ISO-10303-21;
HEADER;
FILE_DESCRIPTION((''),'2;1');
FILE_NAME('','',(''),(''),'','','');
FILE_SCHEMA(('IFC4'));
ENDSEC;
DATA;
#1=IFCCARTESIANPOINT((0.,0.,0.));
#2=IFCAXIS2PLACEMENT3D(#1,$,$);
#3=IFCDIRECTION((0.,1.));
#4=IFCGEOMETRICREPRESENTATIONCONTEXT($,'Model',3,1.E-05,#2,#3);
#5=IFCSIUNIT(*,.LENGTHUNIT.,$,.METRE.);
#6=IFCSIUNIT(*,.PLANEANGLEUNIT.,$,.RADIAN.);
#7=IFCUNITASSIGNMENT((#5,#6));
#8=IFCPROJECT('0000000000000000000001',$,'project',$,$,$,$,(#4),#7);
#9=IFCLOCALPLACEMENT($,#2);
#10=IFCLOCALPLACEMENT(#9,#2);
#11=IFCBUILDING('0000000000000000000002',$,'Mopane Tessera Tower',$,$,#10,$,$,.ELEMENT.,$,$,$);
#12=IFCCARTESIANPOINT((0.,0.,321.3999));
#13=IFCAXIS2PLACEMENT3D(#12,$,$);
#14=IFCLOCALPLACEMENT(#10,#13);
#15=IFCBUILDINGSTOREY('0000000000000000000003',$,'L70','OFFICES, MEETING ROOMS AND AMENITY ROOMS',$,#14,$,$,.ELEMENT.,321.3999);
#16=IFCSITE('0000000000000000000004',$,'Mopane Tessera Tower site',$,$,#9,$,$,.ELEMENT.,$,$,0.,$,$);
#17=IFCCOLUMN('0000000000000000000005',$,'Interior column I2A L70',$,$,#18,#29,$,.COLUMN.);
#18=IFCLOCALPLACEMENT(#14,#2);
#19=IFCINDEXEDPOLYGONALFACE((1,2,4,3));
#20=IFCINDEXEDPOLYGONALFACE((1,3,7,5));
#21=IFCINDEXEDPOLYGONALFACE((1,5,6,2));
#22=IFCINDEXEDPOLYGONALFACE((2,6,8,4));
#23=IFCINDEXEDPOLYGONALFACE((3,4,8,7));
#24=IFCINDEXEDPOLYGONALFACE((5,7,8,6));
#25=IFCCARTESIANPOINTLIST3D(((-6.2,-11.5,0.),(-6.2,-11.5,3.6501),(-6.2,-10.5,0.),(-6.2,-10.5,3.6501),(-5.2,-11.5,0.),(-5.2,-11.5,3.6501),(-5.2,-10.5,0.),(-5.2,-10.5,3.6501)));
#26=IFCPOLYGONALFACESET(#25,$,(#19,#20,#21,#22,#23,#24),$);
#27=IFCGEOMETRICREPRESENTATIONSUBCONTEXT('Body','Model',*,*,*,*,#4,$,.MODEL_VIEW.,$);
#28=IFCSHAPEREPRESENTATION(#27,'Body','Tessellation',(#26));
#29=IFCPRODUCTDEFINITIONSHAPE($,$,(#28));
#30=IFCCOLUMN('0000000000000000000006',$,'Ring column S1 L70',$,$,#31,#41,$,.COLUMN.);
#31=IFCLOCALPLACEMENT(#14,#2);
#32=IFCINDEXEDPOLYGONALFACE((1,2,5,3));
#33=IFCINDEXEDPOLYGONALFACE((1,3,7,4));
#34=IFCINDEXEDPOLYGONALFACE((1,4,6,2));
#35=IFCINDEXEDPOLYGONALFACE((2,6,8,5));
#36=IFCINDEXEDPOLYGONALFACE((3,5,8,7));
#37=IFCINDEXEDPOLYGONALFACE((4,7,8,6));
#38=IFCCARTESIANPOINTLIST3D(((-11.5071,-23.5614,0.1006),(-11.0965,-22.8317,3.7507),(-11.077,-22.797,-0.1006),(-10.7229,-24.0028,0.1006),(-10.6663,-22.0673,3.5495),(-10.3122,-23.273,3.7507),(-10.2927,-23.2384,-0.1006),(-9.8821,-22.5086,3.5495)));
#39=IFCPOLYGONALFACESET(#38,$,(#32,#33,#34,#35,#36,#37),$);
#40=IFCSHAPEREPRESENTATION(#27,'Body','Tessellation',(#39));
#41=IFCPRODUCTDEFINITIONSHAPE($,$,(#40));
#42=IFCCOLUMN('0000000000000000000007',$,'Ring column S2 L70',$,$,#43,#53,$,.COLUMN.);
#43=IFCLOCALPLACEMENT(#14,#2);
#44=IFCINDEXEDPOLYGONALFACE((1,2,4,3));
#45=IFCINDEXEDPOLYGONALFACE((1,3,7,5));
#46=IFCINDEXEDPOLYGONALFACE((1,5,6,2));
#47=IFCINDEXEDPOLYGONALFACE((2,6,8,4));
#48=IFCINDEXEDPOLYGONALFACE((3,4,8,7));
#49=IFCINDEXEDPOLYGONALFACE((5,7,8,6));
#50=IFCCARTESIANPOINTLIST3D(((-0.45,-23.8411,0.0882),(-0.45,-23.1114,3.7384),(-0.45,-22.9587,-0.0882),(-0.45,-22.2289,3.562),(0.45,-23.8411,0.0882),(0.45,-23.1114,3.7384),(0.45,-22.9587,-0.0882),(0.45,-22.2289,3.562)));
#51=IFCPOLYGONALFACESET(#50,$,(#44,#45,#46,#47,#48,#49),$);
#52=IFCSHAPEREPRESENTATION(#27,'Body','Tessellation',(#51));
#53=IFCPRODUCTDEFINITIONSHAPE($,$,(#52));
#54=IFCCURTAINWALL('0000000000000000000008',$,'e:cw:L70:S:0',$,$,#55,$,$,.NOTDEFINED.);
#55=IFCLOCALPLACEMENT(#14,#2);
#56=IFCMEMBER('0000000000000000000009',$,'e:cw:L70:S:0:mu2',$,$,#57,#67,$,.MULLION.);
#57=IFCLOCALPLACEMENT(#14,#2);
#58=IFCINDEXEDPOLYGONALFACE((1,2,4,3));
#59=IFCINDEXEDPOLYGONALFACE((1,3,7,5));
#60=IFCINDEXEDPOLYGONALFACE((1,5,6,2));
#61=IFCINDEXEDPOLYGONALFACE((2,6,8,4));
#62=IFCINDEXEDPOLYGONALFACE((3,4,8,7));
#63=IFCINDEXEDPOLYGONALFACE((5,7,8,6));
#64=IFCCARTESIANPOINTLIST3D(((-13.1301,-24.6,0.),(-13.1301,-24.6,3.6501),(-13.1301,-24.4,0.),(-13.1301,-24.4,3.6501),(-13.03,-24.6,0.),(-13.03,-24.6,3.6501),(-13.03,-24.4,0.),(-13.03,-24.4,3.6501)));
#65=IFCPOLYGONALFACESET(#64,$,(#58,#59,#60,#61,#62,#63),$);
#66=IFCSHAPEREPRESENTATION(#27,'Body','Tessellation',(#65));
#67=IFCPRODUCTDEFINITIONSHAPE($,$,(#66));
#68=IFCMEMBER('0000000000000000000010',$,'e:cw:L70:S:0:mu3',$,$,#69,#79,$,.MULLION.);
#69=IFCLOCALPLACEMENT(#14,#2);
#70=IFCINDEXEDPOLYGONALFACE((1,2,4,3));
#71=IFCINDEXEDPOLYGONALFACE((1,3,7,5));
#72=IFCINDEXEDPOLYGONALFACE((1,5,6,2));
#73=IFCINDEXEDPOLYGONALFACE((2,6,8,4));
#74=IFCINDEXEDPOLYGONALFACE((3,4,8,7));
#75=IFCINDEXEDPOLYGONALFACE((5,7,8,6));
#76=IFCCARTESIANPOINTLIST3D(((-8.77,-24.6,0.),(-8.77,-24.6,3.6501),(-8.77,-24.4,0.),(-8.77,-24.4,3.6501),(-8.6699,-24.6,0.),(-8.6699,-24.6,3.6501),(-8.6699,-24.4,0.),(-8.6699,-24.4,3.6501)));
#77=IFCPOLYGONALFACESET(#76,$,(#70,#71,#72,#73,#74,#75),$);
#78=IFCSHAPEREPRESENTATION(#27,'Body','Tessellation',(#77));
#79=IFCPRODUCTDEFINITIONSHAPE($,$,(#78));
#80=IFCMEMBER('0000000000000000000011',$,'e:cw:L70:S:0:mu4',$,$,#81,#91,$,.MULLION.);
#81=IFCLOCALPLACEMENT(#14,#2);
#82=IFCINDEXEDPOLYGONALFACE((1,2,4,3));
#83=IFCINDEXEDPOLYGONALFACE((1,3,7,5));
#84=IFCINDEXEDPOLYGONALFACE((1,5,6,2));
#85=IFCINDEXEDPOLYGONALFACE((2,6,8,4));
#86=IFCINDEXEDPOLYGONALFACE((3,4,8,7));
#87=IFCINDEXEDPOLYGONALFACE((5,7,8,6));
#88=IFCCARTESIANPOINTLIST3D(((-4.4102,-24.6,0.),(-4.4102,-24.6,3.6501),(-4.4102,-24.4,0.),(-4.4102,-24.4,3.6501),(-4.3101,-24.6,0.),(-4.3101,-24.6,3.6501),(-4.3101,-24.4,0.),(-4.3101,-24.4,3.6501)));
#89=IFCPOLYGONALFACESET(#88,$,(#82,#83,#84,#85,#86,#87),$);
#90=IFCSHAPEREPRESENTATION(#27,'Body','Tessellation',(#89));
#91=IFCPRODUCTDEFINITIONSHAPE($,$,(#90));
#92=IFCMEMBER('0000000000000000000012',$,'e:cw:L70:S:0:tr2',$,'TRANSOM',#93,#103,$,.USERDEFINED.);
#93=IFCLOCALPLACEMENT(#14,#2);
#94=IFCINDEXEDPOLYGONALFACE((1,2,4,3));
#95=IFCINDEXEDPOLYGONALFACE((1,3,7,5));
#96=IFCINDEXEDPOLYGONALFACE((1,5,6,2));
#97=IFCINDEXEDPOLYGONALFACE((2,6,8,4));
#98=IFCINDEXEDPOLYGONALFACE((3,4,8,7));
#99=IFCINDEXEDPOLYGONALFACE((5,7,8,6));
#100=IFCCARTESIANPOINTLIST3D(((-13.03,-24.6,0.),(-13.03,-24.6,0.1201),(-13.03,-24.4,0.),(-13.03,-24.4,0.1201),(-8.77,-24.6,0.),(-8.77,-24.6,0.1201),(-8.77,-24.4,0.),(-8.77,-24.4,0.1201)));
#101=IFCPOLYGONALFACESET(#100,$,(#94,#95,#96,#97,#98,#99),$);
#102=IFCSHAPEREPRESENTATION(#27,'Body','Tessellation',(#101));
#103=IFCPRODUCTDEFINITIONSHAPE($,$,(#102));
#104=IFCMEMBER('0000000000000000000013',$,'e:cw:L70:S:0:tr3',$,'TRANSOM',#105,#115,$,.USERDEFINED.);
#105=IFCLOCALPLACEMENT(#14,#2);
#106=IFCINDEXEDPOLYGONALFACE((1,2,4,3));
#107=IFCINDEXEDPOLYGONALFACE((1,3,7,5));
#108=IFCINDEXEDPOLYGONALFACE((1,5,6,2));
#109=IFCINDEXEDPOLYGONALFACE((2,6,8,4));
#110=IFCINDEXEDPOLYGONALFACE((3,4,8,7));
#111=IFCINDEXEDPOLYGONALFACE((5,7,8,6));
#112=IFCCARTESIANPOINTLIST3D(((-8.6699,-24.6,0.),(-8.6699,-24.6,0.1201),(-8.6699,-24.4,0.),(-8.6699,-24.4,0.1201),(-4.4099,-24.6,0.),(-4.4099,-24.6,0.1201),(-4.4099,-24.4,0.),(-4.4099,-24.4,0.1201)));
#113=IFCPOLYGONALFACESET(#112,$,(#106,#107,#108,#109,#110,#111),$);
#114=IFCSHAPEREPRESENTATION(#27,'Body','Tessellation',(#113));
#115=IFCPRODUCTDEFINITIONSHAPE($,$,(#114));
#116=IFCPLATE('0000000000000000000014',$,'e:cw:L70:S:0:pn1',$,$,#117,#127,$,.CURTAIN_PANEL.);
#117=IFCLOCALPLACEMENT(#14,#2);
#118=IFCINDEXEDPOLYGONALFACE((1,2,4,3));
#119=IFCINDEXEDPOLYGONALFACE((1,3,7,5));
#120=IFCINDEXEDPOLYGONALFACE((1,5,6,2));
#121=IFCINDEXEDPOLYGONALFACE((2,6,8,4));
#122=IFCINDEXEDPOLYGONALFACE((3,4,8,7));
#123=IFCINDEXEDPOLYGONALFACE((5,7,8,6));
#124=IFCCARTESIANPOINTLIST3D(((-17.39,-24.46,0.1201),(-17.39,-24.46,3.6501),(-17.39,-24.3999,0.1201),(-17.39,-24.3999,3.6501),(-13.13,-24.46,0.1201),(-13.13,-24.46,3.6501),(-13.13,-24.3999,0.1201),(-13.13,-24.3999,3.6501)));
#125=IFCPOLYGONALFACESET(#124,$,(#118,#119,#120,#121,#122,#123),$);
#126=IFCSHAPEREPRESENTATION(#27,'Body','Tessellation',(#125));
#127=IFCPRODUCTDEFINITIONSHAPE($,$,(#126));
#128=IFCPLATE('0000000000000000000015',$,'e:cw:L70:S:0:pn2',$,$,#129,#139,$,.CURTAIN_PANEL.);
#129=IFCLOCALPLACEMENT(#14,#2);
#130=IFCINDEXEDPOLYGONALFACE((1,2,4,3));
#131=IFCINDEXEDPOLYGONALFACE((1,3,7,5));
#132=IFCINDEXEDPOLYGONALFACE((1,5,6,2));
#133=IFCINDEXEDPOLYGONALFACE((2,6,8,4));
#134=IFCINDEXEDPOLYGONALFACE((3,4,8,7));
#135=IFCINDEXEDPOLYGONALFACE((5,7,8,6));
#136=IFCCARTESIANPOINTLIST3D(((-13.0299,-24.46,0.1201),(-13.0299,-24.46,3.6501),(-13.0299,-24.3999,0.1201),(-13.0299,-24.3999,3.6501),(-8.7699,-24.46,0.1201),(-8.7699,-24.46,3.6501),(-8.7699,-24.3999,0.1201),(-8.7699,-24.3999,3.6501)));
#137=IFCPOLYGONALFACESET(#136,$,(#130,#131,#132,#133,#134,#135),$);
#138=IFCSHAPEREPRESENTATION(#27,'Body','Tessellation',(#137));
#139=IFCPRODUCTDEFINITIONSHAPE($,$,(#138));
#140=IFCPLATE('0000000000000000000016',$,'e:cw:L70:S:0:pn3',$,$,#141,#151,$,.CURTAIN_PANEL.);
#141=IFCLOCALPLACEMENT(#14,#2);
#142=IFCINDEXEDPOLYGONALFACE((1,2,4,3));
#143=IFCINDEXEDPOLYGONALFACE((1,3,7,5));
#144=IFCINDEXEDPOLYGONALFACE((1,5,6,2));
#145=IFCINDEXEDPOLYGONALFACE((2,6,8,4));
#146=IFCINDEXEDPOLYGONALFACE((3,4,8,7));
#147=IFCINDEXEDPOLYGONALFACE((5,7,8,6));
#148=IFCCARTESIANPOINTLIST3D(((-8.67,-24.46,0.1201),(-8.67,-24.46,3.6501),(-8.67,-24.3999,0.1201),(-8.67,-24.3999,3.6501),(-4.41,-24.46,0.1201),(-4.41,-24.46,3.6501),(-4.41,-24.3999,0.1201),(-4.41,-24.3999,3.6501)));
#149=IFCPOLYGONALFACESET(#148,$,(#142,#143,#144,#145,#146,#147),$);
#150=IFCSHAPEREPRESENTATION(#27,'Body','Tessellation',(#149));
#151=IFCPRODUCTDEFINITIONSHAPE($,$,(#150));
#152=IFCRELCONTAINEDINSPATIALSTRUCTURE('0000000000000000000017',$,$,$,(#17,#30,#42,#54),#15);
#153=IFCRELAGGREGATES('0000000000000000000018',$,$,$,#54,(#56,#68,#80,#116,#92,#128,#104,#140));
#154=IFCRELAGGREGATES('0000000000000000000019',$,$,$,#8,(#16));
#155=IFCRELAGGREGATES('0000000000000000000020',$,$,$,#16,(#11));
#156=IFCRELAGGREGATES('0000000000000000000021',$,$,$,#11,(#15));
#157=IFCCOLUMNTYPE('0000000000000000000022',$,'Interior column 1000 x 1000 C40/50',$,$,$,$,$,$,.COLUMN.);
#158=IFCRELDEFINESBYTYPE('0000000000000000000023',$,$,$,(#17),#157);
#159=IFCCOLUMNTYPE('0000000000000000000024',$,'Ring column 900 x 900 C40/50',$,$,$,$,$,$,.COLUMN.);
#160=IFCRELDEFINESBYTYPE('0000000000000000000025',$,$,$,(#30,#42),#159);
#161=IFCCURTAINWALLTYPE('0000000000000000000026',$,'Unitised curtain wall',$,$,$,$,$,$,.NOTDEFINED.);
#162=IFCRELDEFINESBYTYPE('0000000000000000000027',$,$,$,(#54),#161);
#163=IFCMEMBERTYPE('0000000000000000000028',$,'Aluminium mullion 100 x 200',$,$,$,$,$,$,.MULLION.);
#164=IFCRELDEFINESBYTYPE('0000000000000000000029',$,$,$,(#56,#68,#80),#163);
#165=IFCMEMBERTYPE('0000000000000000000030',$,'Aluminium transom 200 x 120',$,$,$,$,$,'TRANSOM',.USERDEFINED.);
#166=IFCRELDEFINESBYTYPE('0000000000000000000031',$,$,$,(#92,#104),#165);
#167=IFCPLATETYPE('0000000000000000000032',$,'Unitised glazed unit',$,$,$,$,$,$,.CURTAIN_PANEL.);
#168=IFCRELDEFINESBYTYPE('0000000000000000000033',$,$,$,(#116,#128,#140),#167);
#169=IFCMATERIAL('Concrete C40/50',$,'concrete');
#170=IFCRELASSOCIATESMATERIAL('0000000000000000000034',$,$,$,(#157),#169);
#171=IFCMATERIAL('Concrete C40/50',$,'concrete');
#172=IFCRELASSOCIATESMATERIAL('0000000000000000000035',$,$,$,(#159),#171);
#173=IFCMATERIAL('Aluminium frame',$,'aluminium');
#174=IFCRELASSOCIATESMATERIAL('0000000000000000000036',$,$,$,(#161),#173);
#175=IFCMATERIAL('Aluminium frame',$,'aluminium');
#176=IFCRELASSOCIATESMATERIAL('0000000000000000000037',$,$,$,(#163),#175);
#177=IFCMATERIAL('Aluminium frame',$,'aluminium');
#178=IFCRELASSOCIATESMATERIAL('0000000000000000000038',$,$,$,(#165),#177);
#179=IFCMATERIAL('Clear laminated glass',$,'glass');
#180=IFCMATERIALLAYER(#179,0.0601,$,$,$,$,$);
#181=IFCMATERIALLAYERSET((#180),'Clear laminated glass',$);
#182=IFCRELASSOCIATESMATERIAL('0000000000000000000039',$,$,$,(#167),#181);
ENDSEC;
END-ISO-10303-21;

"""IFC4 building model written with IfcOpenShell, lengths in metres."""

from ifc_helpers import new_model, si_unit, direction, frame, origin, origin_2d, place, context, subcontext, project, spatial, rectangle, extrude, material, layer, layer_set, material_profile, profile_set, type_object, element, aggregate, save


model = new_model("IFC4")

# Units and contexts
model_context = context("Model", 3, precision=1e-05, world=origin(), true_north=direction((0.0, 1.0)))
body_context = subcontext(model_context, "Body", "Model", "MODEL_VIEW")
ifc_project = project(units=[si_unit("LENGTHUNIT", "METRE"), si_unit("PLANEANGLEUNIT", "RADIAN")], contexts=[model_context])

# Site, building, storey
site_placement = place(None, origin())
site = spatial("IfcSite", under=ifc_project, at=site_placement, Name="Mopane Tessera Tower site", CompositionType="ELEMENT", RefElevation=0.0)
building_placement = place(site_placement, origin())
building = spatial("IfcBuilding", under=site, at=building_placement, Name="Mopane Tessera Tower", CompositionType="ELEMENT")
storey_placement = place(building_placement, frame((0.0, 0.0, 321.3999)))
storey = spatial("IfcBuildingStorey", under=building, at=storey_placement, Name="L70", Description="OFFICES, MEETING ROOMS AND AMENITY ROOMS", CompositionType="ELEMENT", Elevation=321.3999)

# Columns
ifc_material_1 = material(Name="Concrete C40/50", Category="concrete")
ifc_material_profile_1 = material_profile(ifc_material_1, rectangle(XDim=1.0, YDim=1.0, at=origin_2d()))
ifc_profile_set_1 = profile_set([ifc_material_profile_1], Name="Concrete C40/50")
column_type_1 = type_object("IfcColumnType", Name="Interior column 1000 x 1000 C40/50", PredefinedType="COLUMN", material=ifc_profile_set_1)
column_1_placement = place(storey_placement, frame((-5.7, -11.0, 0.0), z_axis=(0.0, 0.0, 1.0), x_axis=(1.0, 0.0, 0.0)))
element("IfcColumn", 1, at=column_1_placement, inside=storey, type_object=column_type_1, Name="Interior column I2A L70", PredefinedType="COLUMN", context=body_context, shape_type="SweptSolid", body=[
    extrude(rectangle(XDim=1.0, YDim=1.0, at=origin_2d()), origin(), (0.0, 0.0, 1.0), 3.6501),
])
ifc_material_2 = material(Name="Concrete C40/50", Category="concrete")
ifc_material_profile_2 = material_profile(ifc_material_2, rectangle(XDim=0.8999, YDim=0.8999, at=origin_2d()))
ifc_profile_set_2 = profile_set([ifc_material_profile_2], Name="Concrete C40/50")
column_type_2 = type_object("IfcColumnType", Name="Ring column 900 x 900 C40/50", PredefinedType="COLUMN", material=ifc_profile_set_2)
column_2_placement = place(storey_placement, frame((-10.8999, -23.3999, 0.0), z_axis=(0.109653, 0.194858, 0.974683), x_axis=(-0.87149, 0.490414, 0.0)))
element("IfcColumn", 2, at=column_2_placement, inside=storey, type_object=column_type_2, Name="Ring column S1 L70", PredefinedType="COLUMN", context=body_context, shape_type="SweptSolid", body=[
    extrude(rectangle(XDim=0.8999, YDim=0.8999, at=origin_2d()), origin(), (0.0, 0.0, 1.0), 3.7449),
])
column_3_placement = place(storey_placement, frame((0.0, -23.3999, 0.0), z_axis=(0.0, 0.19604, 0.980596), x_axis=(-1.0, 0.0, 0.0)))
element("IfcColumn", 3, at=column_3_placement, inside=storey, type_object=column_type_2, Name="Ring column S2 L70", PredefinedType="COLUMN", context=body_context, shape_type="SweptSolid", body=[
    extrude(rectangle(XDim=0.8999, YDim=0.8999, at=origin_2d()), origin(), (0.0, 0.0, 1.0), 3.7224),
])

# Curtain wall, members, plates
ifc_material_3 = material(Name="Aluminium frame", Category="aluminium")
curtain_wall_type = type_object("IfcCurtainWallType", Name="Unitised curtain wall", PredefinedType="NOTDEFINED", material=ifc_material_3)
curtain_wall_placement = place(storey_placement, origin())
curtain_wall = element("IfcCurtainWall", 4, at=curtain_wall_placement, inside=storey, type_object=curtain_wall_type, Name="e:cw:L70:S:0", PredefinedType="NOTDEFINED")
ifc_material_4 = material(Name="Aluminium frame", Category="aluminium")
ifc_material_profile_3 = material_profile(ifc_material_4, rectangle(XDim=0.1001, YDim=0.2, at=origin_2d()))
ifc_profile_set_3 = profile_set([ifc_material_profile_3], Name="Aluminium frame")
member_type_1 = type_object("IfcMemberType", Name="Aluminium mullion 100 x 200", PredefinedType="MULLION", material=ifc_profile_set_3)
member_1_placement = place(storey_placement, frame((-13.0801, -24.5, 0.0), z_axis=(0.0, 0.0, 1.0), x_axis=(1.0, 0.0, 0.0)))
member_1 = element("IfcMember", 5, at=member_1_placement, type_object=member_type_1, Name="e:cw:L70:S:0:mu2", PredefinedType="MULLION", context=body_context, shape_type="SweptSolid", body=[
    extrude(rectangle(XDim=0.1001, YDim=0.2, at=origin_2d()), origin(), (0.0, 0.0, 1.0), 3.6501),
])
member_2_placement = place(storey_placement, frame((-8.72, -24.5, 0.0), z_axis=(0.0, 0.0, 1.0), x_axis=(1.0, 0.0, 0.0)))
member_2 = element("IfcMember", 6, at=member_2_placement, type_object=member_type_1, Name="e:cw:L70:S:0:mu3", PredefinedType="MULLION", context=body_context, shape_type="SweptSolid", body=[
    extrude(rectangle(XDim=0.1001, YDim=0.2, at=origin_2d()), origin(), (0.0, 0.0, 1.0), 3.6501),
])
member_3_placement = place(storey_placement, frame((-4.3601, -24.5, 0.0), z_axis=(0.0, 0.0, 1.0), x_axis=(1.0, 0.0, 0.0)))
member_3 = element("IfcMember", 7, at=member_3_placement, type_object=member_type_1, Name="e:cw:L70:S:0:mu4", PredefinedType="MULLION", context=body_context, shape_type="SweptSolid", body=[
    extrude(rectangle(XDim=0.1001, YDim=0.2, at=origin_2d()), origin(), (0.0, 0.0, 1.0), 3.6501),
])
ifc_material_5 = material(Name="Aluminium frame", Category="aluminium")
ifc_material_profile_4 = material_profile(ifc_material_5, rectangle(XDim=0.2, YDim=0.1201, at=origin_2d()))
ifc_profile_set_4 = profile_set([ifc_material_profile_4], Name="Aluminium frame")
member_type_2 = type_object("IfcMemberType", Name="Aluminium transom 200 x 120", ElementType="TRANSOM", PredefinedType="USERDEFINED", material=ifc_profile_set_4)
member_4_placement = place(storey_placement, frame((-13.03, -24.5, 0.0601), z_axis=(1.0, 0.0, 0.0), x_axis=(0.0, 1.0, 0.0)))
member_4 = element("IfcMember", 8, at=member_4_placement, type_object=member_type_2, Name="e:cw:L70:S:0:tr2", ObjectType="TRANSOM", PredefinedType="USERDEFINED", context=body_context, shape_type="SweptSolid", body=[
    extrude(rectangle(XDim=0.2, YDim=0.1201, at=origin_2d()), origin(), (0.0, 0.0, 1.0), 4.26),
])
member_5_placement = place(storey_placement, frame((-8.6699, -24.5, 0.0601), z_axis=(1.0, 0.0, 0.0), x_axis=(0.0, 1.0, 0.0)))
member_5 = element("IfcMember", 9, at=member_5_placement, type_object=member_type_2, Name="e:cw:L70:S:0:tr3", ObjectType="TRANSOM", PredefinedType="USERDEFINED", context=body_context, shape_type="SweptSolid", body=[
    extrude(rectangle(XDim=0.2, YDim=0.1201, at=origin_2d()), origin(), (0.0, 0.0, 1.0), 4.26),
])
ifc_material_6 = material(Name="Clear laminated glass", Category="glass")
ifc_layer_1 = layer(ifc_material_6, 0.0601)
ifc_layer_set_1 = layer_set([ifc_layer_1], Name="Clear laminated glass")
plate_type = type_object("IfcPlateType", Name="Unitised glazed unit", PredefinedType="CURTAIN_PANEL", material=ifc_layer_set_1)
plate_1_placement = place(storey_placement, frame((-15.26, -24.4299, 0.1201), z_axis=(0.0, 0.0, 1.0), x_axis=(1.0, 0.0, 0.0)))
plate_1 = element("IfcPlate", 10, at=plate_1_placement, type_object=plate_type, Name="e:cw:L70:S:0:pn1", PredefinedType="CURTAIN_PANEL", context=body_context, shape_type="SweptSolid", body=[
    extrude(rectangle(XDim=4.26, YDim=0.0601, at=origin_2d()), origin(), (0.0, 0.0, 1.0), 3.53),
])
plate_2_placement = place(storey_placement, frame((-10.8999, -24.4299, 0.1201), z_axis=(0.0, 0.0, 1.0), x_axis=(1.0, 0.0, 0.0)))
plate_2 = element("IfcPlate", 11, at=plate_2_placement, type_object=plate_type, Name="e:cw:L70:S:0:pn2", PredefinedType="CURTAIN_PANEL", context=body_context, shape_type="SweptSolid", body=[
    extrude(rectangle(XDim=4.26, YDim=0.0601, at=origin_2d()), origin(), (0.0, 0.0, 1.0), 3.53),
])
plate_3_placement = place(storey_placement, frame((-6.54, -24.4299, 0.1201), z_axis=(0.0, 0.0, 1.0), x_axis=(1.0, 0.0, 0.0)))
plate_3 = element("IfcPlate", 12, at=plate_3_placement, type_object=plate_type, Name="e:cw:L70:S:0:pn3", PredefinedType="CURTAIN_PANEL", context=body_context, shape_type="SweptSolid", body=[
    extrude(rectangle(XDim=4.26, YDim=0.0601, at=origin_2d()), origin(), (0.0, 0.0, 1.0), 3.53),
])
aggregate(curtain_wall, [member_1, member_2, member_3, plate_1, member_4, plate_2, member_5, plate_3])

save(model, "model.ifc")
